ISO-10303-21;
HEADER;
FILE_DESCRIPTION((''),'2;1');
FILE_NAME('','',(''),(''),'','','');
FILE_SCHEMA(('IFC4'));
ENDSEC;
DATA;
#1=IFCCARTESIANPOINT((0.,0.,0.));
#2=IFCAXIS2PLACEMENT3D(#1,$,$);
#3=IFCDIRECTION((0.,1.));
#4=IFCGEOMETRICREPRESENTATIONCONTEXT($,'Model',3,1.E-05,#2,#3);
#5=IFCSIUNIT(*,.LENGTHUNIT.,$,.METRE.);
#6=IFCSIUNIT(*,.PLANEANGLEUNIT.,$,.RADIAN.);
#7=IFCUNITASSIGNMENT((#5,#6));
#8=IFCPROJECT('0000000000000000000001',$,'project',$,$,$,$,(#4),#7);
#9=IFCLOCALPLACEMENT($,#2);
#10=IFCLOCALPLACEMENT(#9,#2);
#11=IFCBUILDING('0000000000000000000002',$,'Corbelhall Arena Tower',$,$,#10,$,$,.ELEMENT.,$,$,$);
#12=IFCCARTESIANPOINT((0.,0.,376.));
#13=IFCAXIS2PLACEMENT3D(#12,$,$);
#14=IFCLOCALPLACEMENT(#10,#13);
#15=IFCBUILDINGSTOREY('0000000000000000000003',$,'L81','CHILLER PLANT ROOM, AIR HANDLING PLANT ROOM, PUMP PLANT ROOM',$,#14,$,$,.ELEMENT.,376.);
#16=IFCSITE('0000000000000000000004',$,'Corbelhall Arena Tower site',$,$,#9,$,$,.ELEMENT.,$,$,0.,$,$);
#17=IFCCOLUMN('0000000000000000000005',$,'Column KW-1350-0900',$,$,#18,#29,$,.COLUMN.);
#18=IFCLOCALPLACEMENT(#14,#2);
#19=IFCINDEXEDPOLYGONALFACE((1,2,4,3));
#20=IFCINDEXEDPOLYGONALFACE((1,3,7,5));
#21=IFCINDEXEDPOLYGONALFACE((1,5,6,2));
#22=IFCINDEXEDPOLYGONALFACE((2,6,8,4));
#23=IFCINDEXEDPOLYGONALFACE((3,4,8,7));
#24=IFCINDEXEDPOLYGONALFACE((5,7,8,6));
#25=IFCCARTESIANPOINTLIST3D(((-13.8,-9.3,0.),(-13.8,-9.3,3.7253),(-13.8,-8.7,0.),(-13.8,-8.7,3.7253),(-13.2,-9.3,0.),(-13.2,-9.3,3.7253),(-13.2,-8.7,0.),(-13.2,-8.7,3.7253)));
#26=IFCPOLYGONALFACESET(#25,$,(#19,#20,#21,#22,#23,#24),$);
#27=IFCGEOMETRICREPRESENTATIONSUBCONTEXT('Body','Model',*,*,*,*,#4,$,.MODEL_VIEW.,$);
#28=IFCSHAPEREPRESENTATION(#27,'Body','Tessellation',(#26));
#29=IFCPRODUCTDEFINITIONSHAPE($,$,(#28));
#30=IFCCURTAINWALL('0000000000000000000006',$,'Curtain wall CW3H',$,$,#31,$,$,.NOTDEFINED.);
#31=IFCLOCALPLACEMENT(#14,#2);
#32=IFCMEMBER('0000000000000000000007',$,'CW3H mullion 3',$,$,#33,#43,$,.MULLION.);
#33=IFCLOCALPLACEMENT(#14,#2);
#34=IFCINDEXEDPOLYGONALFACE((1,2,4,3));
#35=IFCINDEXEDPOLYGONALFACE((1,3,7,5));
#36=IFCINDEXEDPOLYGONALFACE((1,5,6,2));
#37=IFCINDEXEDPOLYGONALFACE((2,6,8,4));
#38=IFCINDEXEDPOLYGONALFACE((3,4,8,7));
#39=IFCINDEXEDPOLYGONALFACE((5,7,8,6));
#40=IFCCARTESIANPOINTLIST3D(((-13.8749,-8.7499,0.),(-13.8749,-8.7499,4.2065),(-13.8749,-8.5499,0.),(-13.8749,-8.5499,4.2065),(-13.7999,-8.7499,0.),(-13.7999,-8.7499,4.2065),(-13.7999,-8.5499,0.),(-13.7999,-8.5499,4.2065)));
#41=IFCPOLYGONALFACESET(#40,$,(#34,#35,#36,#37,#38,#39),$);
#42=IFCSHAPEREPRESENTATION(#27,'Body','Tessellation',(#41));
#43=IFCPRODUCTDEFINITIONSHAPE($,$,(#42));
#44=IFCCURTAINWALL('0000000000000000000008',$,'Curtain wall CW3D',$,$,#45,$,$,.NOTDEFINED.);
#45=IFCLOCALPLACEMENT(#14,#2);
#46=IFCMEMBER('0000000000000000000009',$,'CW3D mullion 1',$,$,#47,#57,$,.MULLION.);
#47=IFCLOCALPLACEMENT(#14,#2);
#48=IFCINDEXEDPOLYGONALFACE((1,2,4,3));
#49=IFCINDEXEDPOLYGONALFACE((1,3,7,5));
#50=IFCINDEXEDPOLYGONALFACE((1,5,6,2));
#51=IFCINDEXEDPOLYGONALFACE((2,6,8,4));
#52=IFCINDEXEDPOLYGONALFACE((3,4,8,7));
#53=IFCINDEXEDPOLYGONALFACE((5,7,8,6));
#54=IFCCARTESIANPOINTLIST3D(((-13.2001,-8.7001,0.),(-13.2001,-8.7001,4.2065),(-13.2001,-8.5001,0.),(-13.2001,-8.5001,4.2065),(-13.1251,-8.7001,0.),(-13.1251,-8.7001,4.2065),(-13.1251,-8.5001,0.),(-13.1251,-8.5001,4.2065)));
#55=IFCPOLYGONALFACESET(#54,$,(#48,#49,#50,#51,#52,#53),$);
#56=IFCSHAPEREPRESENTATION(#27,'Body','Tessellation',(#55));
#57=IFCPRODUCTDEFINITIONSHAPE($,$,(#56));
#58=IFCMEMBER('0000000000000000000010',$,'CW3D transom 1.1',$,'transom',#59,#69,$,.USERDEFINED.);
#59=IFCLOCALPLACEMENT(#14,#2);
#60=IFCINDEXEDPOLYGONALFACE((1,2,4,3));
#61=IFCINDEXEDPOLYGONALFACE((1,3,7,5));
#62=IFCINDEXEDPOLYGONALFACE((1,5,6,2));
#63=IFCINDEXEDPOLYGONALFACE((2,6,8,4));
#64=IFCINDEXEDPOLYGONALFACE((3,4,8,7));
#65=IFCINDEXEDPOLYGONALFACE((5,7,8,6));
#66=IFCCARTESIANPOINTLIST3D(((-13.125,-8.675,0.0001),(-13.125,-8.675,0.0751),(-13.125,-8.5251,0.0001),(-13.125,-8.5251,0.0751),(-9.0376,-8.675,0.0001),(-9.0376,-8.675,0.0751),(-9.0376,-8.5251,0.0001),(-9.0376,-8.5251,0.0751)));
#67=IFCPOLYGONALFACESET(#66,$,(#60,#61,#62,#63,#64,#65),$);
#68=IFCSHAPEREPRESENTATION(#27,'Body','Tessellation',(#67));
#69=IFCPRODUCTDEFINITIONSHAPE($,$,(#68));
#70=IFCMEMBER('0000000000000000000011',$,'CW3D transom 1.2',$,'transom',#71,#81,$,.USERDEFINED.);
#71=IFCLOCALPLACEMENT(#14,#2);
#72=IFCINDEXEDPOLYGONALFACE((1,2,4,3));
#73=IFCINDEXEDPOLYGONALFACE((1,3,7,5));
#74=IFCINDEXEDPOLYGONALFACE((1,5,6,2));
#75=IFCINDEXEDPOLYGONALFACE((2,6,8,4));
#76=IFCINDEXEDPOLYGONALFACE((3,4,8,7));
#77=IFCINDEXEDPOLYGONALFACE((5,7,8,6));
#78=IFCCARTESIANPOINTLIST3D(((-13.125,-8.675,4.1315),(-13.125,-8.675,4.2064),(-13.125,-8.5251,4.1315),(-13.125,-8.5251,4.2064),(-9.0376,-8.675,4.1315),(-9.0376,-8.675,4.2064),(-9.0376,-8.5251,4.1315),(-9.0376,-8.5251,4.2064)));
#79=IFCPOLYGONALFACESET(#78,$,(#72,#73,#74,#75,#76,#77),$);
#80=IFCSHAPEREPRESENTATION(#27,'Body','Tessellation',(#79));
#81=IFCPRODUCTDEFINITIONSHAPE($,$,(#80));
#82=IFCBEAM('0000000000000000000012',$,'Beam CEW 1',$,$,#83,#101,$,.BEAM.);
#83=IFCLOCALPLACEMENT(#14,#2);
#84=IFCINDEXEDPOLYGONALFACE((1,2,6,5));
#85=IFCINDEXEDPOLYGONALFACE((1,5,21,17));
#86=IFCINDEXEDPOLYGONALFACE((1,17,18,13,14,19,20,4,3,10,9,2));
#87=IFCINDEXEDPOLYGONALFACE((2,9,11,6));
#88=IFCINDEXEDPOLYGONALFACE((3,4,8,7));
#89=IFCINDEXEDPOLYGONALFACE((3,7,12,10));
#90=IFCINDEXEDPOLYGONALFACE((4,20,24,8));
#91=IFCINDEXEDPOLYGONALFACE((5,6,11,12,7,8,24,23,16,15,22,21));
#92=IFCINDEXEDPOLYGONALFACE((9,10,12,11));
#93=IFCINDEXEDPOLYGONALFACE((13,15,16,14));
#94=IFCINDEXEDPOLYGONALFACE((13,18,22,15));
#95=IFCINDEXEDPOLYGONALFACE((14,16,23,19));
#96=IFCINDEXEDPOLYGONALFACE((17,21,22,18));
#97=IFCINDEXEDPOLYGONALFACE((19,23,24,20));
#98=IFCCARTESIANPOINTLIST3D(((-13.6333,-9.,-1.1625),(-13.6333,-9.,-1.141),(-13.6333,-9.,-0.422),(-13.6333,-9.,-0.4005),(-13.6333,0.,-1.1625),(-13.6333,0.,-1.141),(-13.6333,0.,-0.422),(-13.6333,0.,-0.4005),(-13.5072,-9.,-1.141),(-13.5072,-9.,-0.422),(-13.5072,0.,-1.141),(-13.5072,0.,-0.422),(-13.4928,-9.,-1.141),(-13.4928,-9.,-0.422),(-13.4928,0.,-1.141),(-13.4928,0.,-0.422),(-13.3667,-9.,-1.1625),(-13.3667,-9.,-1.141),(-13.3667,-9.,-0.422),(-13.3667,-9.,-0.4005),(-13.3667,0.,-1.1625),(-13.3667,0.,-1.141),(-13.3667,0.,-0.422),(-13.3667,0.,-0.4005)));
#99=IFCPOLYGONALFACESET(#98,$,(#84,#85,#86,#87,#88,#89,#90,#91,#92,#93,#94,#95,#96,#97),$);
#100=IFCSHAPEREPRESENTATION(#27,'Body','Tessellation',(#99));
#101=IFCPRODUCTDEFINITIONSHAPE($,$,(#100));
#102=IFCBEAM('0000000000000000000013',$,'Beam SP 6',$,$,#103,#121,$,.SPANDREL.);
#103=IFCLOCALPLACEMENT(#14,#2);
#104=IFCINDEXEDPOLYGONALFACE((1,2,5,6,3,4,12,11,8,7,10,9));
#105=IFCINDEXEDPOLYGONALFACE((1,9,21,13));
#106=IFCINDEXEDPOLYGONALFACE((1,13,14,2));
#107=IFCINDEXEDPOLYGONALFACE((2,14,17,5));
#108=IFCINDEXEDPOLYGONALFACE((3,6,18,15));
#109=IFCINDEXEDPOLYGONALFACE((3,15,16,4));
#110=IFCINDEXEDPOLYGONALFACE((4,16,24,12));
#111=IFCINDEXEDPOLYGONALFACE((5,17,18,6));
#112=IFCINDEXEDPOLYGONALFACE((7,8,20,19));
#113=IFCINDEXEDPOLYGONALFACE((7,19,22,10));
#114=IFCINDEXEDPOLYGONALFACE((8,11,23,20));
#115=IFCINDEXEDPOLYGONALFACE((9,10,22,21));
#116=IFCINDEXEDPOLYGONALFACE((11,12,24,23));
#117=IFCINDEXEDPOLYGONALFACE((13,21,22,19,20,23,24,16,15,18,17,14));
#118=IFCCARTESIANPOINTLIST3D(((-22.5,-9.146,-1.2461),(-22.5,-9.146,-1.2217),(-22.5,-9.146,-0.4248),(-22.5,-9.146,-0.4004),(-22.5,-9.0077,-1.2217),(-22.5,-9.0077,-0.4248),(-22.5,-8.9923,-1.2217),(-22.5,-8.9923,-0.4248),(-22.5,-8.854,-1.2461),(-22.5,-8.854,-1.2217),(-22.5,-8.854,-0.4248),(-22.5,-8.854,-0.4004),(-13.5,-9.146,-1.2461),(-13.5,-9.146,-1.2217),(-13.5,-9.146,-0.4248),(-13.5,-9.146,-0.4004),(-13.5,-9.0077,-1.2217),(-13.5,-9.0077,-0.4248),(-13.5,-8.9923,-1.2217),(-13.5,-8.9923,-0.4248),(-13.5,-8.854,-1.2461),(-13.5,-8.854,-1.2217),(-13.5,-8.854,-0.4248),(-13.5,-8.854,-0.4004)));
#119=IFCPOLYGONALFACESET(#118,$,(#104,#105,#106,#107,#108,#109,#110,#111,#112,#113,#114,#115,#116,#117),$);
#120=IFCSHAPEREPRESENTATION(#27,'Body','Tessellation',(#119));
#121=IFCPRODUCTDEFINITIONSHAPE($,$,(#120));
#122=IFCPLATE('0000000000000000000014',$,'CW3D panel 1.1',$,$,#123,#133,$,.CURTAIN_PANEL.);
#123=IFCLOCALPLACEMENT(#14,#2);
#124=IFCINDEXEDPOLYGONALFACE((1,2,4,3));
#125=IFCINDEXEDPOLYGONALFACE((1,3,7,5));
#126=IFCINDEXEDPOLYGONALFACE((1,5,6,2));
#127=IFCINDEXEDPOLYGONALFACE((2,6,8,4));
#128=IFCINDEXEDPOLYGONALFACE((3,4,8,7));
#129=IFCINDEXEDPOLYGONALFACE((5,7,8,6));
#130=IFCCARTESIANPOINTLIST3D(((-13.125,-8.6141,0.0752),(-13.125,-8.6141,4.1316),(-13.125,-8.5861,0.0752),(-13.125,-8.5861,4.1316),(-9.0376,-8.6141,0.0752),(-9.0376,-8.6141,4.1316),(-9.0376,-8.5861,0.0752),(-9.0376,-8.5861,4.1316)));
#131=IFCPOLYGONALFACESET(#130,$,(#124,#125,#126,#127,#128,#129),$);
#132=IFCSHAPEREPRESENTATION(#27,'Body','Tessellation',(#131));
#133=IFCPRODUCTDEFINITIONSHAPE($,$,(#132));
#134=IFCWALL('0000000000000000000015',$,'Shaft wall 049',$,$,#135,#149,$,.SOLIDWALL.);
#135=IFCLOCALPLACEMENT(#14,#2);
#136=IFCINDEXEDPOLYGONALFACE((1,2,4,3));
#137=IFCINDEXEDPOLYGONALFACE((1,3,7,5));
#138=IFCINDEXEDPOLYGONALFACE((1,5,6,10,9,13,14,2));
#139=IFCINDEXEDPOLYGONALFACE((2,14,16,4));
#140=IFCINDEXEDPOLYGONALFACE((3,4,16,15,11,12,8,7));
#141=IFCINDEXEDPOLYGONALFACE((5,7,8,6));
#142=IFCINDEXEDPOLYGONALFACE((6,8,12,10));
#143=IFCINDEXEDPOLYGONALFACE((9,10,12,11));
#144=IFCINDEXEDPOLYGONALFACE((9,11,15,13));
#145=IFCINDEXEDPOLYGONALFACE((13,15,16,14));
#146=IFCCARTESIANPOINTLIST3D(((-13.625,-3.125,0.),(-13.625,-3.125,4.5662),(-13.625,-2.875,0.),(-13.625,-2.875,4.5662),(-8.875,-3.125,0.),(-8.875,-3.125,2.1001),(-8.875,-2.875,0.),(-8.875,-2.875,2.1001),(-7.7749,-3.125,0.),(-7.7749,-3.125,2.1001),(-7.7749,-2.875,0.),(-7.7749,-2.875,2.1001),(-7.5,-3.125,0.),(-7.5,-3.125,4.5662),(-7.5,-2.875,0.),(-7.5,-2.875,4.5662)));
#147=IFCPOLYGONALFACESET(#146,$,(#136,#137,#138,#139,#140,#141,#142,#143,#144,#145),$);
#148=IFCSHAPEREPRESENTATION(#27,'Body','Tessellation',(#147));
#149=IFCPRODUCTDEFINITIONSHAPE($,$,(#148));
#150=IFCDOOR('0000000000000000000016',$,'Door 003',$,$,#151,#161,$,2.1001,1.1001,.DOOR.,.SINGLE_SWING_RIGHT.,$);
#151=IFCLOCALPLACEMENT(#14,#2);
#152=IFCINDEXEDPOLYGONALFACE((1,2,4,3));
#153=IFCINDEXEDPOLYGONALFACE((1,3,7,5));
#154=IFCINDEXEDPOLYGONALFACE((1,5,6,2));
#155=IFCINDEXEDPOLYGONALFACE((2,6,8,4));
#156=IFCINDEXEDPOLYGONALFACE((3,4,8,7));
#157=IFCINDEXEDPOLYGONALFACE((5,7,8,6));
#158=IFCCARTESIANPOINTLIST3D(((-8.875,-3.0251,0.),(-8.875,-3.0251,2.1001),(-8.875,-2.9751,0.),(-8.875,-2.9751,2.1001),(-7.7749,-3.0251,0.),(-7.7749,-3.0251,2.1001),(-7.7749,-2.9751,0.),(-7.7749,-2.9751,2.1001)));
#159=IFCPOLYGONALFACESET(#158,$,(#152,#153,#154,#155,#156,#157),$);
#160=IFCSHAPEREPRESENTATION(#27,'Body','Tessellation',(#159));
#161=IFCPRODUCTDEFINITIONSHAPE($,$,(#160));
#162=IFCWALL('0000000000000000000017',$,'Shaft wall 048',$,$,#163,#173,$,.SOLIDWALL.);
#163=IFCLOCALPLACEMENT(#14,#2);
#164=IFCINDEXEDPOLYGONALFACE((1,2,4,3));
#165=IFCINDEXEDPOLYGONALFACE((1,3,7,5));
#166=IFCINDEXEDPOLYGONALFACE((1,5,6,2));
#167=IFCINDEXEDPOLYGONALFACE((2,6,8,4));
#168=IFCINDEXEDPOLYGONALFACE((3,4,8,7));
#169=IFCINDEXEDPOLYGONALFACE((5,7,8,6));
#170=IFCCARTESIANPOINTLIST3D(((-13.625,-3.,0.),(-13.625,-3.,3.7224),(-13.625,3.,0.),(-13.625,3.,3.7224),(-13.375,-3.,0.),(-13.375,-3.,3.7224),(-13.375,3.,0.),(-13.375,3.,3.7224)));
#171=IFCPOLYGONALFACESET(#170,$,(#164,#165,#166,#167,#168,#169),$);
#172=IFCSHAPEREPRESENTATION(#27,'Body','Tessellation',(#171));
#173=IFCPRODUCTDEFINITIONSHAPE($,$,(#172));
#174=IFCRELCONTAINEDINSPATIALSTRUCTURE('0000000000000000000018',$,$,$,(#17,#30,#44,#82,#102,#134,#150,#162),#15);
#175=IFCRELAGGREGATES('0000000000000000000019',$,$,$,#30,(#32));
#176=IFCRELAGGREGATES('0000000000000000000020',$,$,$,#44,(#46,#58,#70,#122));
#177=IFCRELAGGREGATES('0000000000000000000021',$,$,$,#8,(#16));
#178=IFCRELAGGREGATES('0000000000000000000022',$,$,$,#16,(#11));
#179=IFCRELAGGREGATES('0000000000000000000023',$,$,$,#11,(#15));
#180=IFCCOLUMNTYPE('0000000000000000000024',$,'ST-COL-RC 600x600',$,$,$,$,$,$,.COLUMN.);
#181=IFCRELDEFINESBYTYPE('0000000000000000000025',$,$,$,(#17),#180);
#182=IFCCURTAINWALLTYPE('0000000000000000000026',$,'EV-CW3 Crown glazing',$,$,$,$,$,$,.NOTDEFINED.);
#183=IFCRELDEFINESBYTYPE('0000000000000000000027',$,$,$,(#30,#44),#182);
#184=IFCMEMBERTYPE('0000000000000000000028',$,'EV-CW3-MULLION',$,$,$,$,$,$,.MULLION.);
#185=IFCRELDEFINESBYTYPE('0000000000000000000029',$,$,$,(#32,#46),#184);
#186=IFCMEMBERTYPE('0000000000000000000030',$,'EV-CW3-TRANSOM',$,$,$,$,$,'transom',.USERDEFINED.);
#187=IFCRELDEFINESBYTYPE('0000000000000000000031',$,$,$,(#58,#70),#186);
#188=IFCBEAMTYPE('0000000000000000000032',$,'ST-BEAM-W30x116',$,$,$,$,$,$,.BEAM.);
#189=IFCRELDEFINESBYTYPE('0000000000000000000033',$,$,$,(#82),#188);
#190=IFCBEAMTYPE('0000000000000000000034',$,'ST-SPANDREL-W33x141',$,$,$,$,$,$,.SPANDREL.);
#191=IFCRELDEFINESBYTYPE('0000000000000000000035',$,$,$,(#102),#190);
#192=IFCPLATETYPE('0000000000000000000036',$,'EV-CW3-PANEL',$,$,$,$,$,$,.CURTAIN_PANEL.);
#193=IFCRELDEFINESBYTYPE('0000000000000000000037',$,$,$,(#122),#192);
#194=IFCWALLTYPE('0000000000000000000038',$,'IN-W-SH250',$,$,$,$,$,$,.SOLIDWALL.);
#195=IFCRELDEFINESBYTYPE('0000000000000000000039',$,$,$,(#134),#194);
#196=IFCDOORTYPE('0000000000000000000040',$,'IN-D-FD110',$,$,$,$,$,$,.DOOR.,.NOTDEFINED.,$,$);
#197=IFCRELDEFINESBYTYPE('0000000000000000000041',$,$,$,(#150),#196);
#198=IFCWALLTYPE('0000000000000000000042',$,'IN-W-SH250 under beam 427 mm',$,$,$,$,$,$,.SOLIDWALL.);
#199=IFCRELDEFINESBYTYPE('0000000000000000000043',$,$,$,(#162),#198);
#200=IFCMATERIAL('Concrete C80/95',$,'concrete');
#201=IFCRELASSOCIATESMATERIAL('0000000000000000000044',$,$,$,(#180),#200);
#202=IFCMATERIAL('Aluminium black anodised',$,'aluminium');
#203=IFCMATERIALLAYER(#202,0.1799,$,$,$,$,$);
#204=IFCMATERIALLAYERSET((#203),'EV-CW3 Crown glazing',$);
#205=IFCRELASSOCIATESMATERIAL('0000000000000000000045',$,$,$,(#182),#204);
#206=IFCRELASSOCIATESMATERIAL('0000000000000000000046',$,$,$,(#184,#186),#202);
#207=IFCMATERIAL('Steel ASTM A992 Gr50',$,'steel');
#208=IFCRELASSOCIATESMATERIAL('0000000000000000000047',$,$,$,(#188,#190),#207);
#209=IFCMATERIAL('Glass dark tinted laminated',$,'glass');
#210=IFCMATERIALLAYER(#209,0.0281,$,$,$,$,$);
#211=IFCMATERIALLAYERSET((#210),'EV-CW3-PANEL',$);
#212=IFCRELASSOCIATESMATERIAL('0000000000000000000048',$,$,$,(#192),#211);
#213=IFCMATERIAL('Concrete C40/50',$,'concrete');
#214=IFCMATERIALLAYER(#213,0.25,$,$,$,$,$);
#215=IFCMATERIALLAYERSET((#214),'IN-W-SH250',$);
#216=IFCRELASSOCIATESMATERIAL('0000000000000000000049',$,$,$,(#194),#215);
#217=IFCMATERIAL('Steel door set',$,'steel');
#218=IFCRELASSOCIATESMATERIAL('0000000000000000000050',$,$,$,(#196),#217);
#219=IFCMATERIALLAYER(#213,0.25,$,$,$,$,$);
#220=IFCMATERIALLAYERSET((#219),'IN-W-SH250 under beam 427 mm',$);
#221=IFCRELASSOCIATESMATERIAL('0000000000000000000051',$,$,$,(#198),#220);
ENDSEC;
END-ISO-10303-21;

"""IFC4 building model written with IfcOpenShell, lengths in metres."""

from ifc_helpers import new_model, si_unit, direction, frame, frame_2d, origin, origin_2d, place, context, subcontext, project, spatial, rectangle, i_section, extrude, material, layer, layer_set, material_profile, profile_set, type_object, element, fill, aggregate, save


model = new_model("IFC4")

# Units and contexts
model_context = context("Model", 3, precision=1e-05, world=origin(), true_north=direction((0.0, 1.0)))
body_context = subcontext(model_context, "Body", "Model", "MODEL_VIEW")
ifc_project = project(units=[si_unit("LENGTHUNIT", "METRE"), si_unit("PLANEANGLEUNIT", "RADIAN")], contexts=[model_context])

# Site, building, storey
site_placement = place(None, origin())
site = spatial("IfcSite", under=ifc_project, at=site_placement, Name="Corbelhall Arena Tower site", CompositionType="ELEMENT", RefElevation=0.0)
building_placement = place(site_placement, origin())
building = spatial("IfcBuilding", under=site, at=building_placement, Name="Corbelhall Arena Tower", CompositionType="ELEMENT")
storey_placement = place(building_placement, frame((0.0, 0.0, 376.0)))
storey = spatial("IfcBuildingStorey", under=building, at=storey_placement, Name="L81", Description="CHILLER PLANT ROOM, AIR HANDLING PLANT ROOM, PUMP PLANT ROOM", CompositionType="ELEMENT", Elevation=376.0)

# Column
ifc_material_1 = material(Name="Concrete C80/95", Category="concrete")
ifc_material_profile_1 = material_profile(ifc_material_1, rectangle(XDim=0.6001, YDim=0.6001, at=origin_2d()))
ifc_profile_set_1 = profile_set([ifc_material_profile_1], Name="Concrete C80/95")
column_type = type_object("IfcColumnType", Name="ST-COL-RC 600x600", PredefinedType="COLUMN", material=ifc_profile_set_1)
column_placement = place(storey_placement, frame((-13.5, -9.0, 0.0), z_axis=(0.0, 0.0, 1.0), x_axis=(1.0, 0.0, 0.0)))
element("IfcColumn", 1, at=column_placement, inside=storey, type_object=column_type, Name="Column KW-1350-0900", PredefinedType="COLUMN", context=body_context, shape_type="SweptSolid", body=[
    extrude(rectangle(XDim=0.6001, YDim=0.6001, at=origin_2d()), origin(), (0.0, 0.0, 1.0), 3.7253),
])

# Curtain wall, member
ifc_material_2 = material(Name="Aluminium black anodised", Category="aluminium")
ifc_layer_1 = layer(ifc_material_2, 0.1799)
ifc_layer_set_1 = layer_set([ifc_layer_1], Name="EV-CW3 Crown glazing")
curtain_wall_type = type_object("IfcCurtainWallType", Name="EV-CW3 Crown glazing", PredefinedType="NOTDEFINED", material=ifc_layer_set_1)
curtain_wall_1_placement = place(storey_placement, origin())
curtain_wall_1 = element("IfcCurtainWall", 2, at=curtain_wall_1_placement, inside=storey, type_object=curtain_wall_type, Name="Curtain wall CW3H", PredefinedType="NOTDEFINED")
ifc_material_profile_2 = material_profile(ifc_material_2, rectangle(XDim=0.2, YDim=0.075, at=origin_2d()))
ifc_profile_set_2 = profile_set([ifc_material_profile_2], Name="Aluminium black anodised")
member_type_1 = type_object("IfcMemberType", Name="EV-CW3-MULLION", PredefinedType="MULLION", material=ifc_profile_set_2)
member_1_placement = place(storey_placement, frame((-13.8374, -8.6499, 0.0), z_axis=(0.0, 0.0, 1.0), x_axis=(0.0, 1.0, 0.0)))
member_1 = element("IfcMember", 3, at=member_1_placement, type_object=member_type_1, Name="CW3H mullion 3", PredefinedType="MULLION", context=body_context, shape_type="SweptSolid", body=[
    extrude(rectangle(XDim=0.2, YDim=0.075, at=origin_2d()), origin(), (0.0, 0.0, 1.0), 4.2065),
])
aggregate(curtain_wall_1, [member_1])

# Curtain wall, members
curtain_wall_2_placement = place(storey_placement, origin())
curtain_wall_2 = element("IfcCurtainWall", 4, at=curtain_wall_2_placement, inside=storey, type_object=curtain_wall_type, Name="Curtain wall CW3D", PredefinedType="NOTDEFINED")
member_2_placement = place(storey_placement, frame((-13.1626, -8.6001, 0.0), z_axis=(0.0, 0.0, 1.0), x_axis=(0.0, 1.0, 0.0)))
member_2 = element("IfcMember", 5, at=member_2_placement, type_object=member_type_1, Name="CW3D mullion 1", PredefinedType="MULLION", context=body_context, shape_type="SweptSolid", body=[
    extrude(rectangle(XDim=0.2, YDim=0.075, at=origin_2d()), origin(), (0.0, 0.0, 1.0), 4.2065),
])
ifc_material_profile_3 = material_profile(ifc_material_2, rectangle(XDim=0.1499, YDim=0.075, at=origin_2d()))
ifc_profile_set_3 = profile_set([ifc_material_profile_3], Name="Aluminium black anodised")
member_type_2 = type_object("IfcMemberType", Name="EV-CW3-TRANSOM", ElementType="transom", PredefinedType="USERDEFINED", material=ifc_profile_set_3)
member_3_placement = place(storey_placement, frame((-13.125, -8.6001, 0.0376), z_axis=(1.0, 0.0, 0.0), x_axis=(0.0, 1.0, 0.0)))
member_3 = element("IfcMember", 6, at=member_3_placement, type_object=member_type_2, Name="CW3D transom 1.1", ObjectType="transom", PredefinedType="USERDEFINED", context=body_context, shape_type="SweptSolid", body=[
    extrude(rectangle(XDim=0.1499, YDim=0.075, at=origin_2d()), origin(), (0.0, 0.0, 1.0), 4.0874),
])
member_4_placement = place(storey_placement, frame((-13.125, -8.6001, 4.1689), z_axis=(1.0, 0.0, 0.0), x_axis=(0.0, 1.0, 0.0)))
member_4 = element("IfcMember", 7, at=member_4_placement, type_object=member_type_2, Name="CW3D transom 1.2", ObjectType="transom", PredefinedType="USERDEFINED", context=body_context, shape_type="SweptSolid", body=[
    extrude(rectangle(XDim=0.1499, YDim=0.075, at=origin_2d()), origin(), (0.0, 0.0, 1.0), 4.0874),
])

# Beams
ifc_material_3 = material(Name="Steel ASTM A992 Gr50", Category="steel")
ifc_material_profile_4 = material_profile(ifc_material_3, i_section(OverallWidth=0.2666, OverallDepth=0.762, WebThickness=0.0144, FlangeThickness=0.0215, at=origin_2d()))
ifc_profile_set_4 = profile_set([ifc_material_profile_4], Name="Steel ASTM A992 Gr50")
beam_type_1 = type_object("IfcBeamType", Name="ST-BEAM-W30x116", PredefinedType="BEAM", material=ifc_profile_set_4)
beam_1_placement = place(storey_placement, frame((-13.5, -9.0, -0.7815), z_axis=(0.0, 1.0, 0.0), x_axis=(-1.0, 0.0, 0.0)))
element("IfcBeam", 8, at=beam_1_placement, inside=storey, type_object=beam_type_1, Name="Beam CEW 1", PredefinedType="BEAM", context=body_context, shape_type="SweptSolid", body=[
    extrude(i_section(OverallWidth=0.2666, OverallDepth=0.762, WebThickness=0.0144, FlangeThickness=0.0215, at=origin_2d()), origin(), (0.0, 0.0, 1.0), 9.0),
])
ifc_material_profile_5 = material_profile(ifc_material_3, i_section(OverallWidth=0.292, OverallDepth=0.8457, WebThickness=0.0154, FlangeThickness=0.0244, at=origin_2d()))
ifc_profile_set_5 = profile_set([ifc_material_profile_5], Name="Steel ASTM A992 Gr50")
beam_type_2 = type_object("IfcBeamType", Name="ST-SPANDREL-W33x141", PredefinedType="SPANDREL", material=ifc_profile_set_5)
beam_2_placement = place(storey_placement, frame((-13.5, -9.0, -0.8232), z_axis=(-1.0, 0.0, 0.0), x_axis=(0.0, -1.0, 0.0)))
element("IfcBeam", 9, at=beam_2_placement, inside=storey, type_object=beam_type_2, Name="Beam SP 6", PredefinedType="SPANDREL", context=body_context, shape_type="SweptSolid", body=[
    extrude(i_section(OverallWidth=0.292, OverallDepth=0.8457, WebThickness=0.0154, FlangeThickness=0.0244, at=origin_2d()), origin(), (0.0, 0.0, 1.0), 9.0),
])

# Plate
ifc_material_4 = material(Name="Glass dark tinted laminated", Category="glass")
ifc_layer_2 = layer(ifc_material_4, 0.0281)
ifc_layer_set_2 = layer_set([ifc_layer_2], Name="EV-CW3-PANEL")
plate_type = type_object("IfcPlateType", Name="EV-CW3-PANEL", PredefinedType="CURTAIN_PANEL", material=ifc_layer_set_2)
plate_placement = place(storey_placement, frame((-11.0813, -8.6001, 0.0752), z_axis=(0.0, 0.0, 1.0), x_axis=(1.0, 0.0, 0.0)))
plate = element("IfcPlate", 10, at=plate_placement, type_object=plate_type, Name="CW3D panel 1.1", PredefinedType="CURTAIN_PANEL", context=body_context, shape_type="SweptSolid", body=[
    extrude(rectangle(XDim=4.0874, YDim=0.0281, at=origin_2d()), origin(), (0.0, 0.0, 1.0), 4.0564),
])
aggregate(curtain_wall_2, [member_2, member_3, member_4, plate])

# Shared definitions
ifc_material_5 = material(Name="Steel door set", Category="steel")

# Wall, opening, door
ifc_material_6 = material(Name="Concrete C40/50", Category="concrete")
ifc_layer_3 = layer(ifc_material_6, 0.25)
ifc_layer_set_3 = layer_set([ifc_layer_3], Name="IN-W-SH250")
wall_type_1 = type_object("IfcWallType", Name="IN-W-SH250", PredefinedType="SOLIDWALL", material=ifc_layer_set_3)
wall_1_placement = place(storey_placement, frame((-13.625, -3.0, 0.0), z_axis=(0.0, 0.0, 1.0), x_axis=(1.0, 0.0, 0.0)))
wall_1 = element("IfcWall", 11, at=wall_1_placement, inside=storey, type_object=wall_type_1, Name="Shaft wall 049", PredefinedType="SOLIDWALL", context=body_context, shape_type="SweptSolid", body=[
    extrude(rectangle(XDim=6.125, YDim=0.25, at=frame_2d((3.0625, 0.0))), origin(), (0.0, 0.0, 1.0), 4.5662),
])
opening_1_placement = place(wall_1_placement, frame((4.75, 0.0, 0.0)))
opening_1 = element("IfcOpeningElement", 12, at=opening_1_placement, cuts=wall_1, PredefinedType="OPENING", context=body_context, shape_type="SweptSolid", body=[
    extrude(rectangle(XDim=1.1001, YDim=2.1001, at=frame_2d((0.55, 1.05))), frame((0.0, 0.125, 0.0), z_axis=(0.0, -1.0, 0.0), x_axis=(1.0, 0.0, 0.0)), (0.0, 0.0, 1.0), 0.25),
])
door_type_1 = type_object("IfcDoorType", Name="IN-D-FD110", OperationType="NOTDEFINED", PredefinedType="DOOR", material=ifc_material_5)
door_1_placement = place(opening_1_placement, origin())
door_1 = element("IfcDoor", 13, at=door_1_placement, inside=storey, type_object=door_type_1, Name="Door 003", OperationType="SINGLE_SWING_RIGHT", OverallHeight=2.1001, OverallWidth=1.1001, PredefinedType="DOOR", context=body_context, shape_type="SweptSolid", body=[
    extrude(rectangle(XDim=1.1001, YDim=2.1001, at=frame_2d((0.55, 1.05))), frame((0.0, 0.0249, 0.0), z_axis=(0.0, -1.0, 0.0), x_axis=(1.0, 0.0, 0.0)), (0.0, 0.0, 1.0), 0.05),
])
fill(opening_1, door_1)

# Wall
ifc_layer_4 = layer(ifc_material_6, 0.25)
ifc_layer_set_4 = layer_set([ifc_layer_4], Name="IN-W-SH250 under beam 427 mm")
wall_type_2 = type_object("IfcWallType", Name="IN-W-SH250 under beam 427 mm", PredefinedType="SOLIDWALL", material=ifc_layer_set_4)
wall_2_placement = place(storey_placement, frame((-13.5, -3.0, 0.0), z_axis=(0.0, 0.0, 1.0), x_axis=(0.0, 1.0, 0.0)))
element("IfcWall", 14, at=wall_2_placement, inside=storey, type_object=wall_type_2, Name="Shaft wall 048", PredefinedType="SOLIDWALL", context=body_context, shape_type="SweptSolid", body=[
    extrude(rectangle(XDim=6.0, YDim=0.25, at=frame_2d((3.0, 0.0))), origin(), (0.0, 0.0, 1.0), 3.7224),
])

save(model, "model.ifc")
